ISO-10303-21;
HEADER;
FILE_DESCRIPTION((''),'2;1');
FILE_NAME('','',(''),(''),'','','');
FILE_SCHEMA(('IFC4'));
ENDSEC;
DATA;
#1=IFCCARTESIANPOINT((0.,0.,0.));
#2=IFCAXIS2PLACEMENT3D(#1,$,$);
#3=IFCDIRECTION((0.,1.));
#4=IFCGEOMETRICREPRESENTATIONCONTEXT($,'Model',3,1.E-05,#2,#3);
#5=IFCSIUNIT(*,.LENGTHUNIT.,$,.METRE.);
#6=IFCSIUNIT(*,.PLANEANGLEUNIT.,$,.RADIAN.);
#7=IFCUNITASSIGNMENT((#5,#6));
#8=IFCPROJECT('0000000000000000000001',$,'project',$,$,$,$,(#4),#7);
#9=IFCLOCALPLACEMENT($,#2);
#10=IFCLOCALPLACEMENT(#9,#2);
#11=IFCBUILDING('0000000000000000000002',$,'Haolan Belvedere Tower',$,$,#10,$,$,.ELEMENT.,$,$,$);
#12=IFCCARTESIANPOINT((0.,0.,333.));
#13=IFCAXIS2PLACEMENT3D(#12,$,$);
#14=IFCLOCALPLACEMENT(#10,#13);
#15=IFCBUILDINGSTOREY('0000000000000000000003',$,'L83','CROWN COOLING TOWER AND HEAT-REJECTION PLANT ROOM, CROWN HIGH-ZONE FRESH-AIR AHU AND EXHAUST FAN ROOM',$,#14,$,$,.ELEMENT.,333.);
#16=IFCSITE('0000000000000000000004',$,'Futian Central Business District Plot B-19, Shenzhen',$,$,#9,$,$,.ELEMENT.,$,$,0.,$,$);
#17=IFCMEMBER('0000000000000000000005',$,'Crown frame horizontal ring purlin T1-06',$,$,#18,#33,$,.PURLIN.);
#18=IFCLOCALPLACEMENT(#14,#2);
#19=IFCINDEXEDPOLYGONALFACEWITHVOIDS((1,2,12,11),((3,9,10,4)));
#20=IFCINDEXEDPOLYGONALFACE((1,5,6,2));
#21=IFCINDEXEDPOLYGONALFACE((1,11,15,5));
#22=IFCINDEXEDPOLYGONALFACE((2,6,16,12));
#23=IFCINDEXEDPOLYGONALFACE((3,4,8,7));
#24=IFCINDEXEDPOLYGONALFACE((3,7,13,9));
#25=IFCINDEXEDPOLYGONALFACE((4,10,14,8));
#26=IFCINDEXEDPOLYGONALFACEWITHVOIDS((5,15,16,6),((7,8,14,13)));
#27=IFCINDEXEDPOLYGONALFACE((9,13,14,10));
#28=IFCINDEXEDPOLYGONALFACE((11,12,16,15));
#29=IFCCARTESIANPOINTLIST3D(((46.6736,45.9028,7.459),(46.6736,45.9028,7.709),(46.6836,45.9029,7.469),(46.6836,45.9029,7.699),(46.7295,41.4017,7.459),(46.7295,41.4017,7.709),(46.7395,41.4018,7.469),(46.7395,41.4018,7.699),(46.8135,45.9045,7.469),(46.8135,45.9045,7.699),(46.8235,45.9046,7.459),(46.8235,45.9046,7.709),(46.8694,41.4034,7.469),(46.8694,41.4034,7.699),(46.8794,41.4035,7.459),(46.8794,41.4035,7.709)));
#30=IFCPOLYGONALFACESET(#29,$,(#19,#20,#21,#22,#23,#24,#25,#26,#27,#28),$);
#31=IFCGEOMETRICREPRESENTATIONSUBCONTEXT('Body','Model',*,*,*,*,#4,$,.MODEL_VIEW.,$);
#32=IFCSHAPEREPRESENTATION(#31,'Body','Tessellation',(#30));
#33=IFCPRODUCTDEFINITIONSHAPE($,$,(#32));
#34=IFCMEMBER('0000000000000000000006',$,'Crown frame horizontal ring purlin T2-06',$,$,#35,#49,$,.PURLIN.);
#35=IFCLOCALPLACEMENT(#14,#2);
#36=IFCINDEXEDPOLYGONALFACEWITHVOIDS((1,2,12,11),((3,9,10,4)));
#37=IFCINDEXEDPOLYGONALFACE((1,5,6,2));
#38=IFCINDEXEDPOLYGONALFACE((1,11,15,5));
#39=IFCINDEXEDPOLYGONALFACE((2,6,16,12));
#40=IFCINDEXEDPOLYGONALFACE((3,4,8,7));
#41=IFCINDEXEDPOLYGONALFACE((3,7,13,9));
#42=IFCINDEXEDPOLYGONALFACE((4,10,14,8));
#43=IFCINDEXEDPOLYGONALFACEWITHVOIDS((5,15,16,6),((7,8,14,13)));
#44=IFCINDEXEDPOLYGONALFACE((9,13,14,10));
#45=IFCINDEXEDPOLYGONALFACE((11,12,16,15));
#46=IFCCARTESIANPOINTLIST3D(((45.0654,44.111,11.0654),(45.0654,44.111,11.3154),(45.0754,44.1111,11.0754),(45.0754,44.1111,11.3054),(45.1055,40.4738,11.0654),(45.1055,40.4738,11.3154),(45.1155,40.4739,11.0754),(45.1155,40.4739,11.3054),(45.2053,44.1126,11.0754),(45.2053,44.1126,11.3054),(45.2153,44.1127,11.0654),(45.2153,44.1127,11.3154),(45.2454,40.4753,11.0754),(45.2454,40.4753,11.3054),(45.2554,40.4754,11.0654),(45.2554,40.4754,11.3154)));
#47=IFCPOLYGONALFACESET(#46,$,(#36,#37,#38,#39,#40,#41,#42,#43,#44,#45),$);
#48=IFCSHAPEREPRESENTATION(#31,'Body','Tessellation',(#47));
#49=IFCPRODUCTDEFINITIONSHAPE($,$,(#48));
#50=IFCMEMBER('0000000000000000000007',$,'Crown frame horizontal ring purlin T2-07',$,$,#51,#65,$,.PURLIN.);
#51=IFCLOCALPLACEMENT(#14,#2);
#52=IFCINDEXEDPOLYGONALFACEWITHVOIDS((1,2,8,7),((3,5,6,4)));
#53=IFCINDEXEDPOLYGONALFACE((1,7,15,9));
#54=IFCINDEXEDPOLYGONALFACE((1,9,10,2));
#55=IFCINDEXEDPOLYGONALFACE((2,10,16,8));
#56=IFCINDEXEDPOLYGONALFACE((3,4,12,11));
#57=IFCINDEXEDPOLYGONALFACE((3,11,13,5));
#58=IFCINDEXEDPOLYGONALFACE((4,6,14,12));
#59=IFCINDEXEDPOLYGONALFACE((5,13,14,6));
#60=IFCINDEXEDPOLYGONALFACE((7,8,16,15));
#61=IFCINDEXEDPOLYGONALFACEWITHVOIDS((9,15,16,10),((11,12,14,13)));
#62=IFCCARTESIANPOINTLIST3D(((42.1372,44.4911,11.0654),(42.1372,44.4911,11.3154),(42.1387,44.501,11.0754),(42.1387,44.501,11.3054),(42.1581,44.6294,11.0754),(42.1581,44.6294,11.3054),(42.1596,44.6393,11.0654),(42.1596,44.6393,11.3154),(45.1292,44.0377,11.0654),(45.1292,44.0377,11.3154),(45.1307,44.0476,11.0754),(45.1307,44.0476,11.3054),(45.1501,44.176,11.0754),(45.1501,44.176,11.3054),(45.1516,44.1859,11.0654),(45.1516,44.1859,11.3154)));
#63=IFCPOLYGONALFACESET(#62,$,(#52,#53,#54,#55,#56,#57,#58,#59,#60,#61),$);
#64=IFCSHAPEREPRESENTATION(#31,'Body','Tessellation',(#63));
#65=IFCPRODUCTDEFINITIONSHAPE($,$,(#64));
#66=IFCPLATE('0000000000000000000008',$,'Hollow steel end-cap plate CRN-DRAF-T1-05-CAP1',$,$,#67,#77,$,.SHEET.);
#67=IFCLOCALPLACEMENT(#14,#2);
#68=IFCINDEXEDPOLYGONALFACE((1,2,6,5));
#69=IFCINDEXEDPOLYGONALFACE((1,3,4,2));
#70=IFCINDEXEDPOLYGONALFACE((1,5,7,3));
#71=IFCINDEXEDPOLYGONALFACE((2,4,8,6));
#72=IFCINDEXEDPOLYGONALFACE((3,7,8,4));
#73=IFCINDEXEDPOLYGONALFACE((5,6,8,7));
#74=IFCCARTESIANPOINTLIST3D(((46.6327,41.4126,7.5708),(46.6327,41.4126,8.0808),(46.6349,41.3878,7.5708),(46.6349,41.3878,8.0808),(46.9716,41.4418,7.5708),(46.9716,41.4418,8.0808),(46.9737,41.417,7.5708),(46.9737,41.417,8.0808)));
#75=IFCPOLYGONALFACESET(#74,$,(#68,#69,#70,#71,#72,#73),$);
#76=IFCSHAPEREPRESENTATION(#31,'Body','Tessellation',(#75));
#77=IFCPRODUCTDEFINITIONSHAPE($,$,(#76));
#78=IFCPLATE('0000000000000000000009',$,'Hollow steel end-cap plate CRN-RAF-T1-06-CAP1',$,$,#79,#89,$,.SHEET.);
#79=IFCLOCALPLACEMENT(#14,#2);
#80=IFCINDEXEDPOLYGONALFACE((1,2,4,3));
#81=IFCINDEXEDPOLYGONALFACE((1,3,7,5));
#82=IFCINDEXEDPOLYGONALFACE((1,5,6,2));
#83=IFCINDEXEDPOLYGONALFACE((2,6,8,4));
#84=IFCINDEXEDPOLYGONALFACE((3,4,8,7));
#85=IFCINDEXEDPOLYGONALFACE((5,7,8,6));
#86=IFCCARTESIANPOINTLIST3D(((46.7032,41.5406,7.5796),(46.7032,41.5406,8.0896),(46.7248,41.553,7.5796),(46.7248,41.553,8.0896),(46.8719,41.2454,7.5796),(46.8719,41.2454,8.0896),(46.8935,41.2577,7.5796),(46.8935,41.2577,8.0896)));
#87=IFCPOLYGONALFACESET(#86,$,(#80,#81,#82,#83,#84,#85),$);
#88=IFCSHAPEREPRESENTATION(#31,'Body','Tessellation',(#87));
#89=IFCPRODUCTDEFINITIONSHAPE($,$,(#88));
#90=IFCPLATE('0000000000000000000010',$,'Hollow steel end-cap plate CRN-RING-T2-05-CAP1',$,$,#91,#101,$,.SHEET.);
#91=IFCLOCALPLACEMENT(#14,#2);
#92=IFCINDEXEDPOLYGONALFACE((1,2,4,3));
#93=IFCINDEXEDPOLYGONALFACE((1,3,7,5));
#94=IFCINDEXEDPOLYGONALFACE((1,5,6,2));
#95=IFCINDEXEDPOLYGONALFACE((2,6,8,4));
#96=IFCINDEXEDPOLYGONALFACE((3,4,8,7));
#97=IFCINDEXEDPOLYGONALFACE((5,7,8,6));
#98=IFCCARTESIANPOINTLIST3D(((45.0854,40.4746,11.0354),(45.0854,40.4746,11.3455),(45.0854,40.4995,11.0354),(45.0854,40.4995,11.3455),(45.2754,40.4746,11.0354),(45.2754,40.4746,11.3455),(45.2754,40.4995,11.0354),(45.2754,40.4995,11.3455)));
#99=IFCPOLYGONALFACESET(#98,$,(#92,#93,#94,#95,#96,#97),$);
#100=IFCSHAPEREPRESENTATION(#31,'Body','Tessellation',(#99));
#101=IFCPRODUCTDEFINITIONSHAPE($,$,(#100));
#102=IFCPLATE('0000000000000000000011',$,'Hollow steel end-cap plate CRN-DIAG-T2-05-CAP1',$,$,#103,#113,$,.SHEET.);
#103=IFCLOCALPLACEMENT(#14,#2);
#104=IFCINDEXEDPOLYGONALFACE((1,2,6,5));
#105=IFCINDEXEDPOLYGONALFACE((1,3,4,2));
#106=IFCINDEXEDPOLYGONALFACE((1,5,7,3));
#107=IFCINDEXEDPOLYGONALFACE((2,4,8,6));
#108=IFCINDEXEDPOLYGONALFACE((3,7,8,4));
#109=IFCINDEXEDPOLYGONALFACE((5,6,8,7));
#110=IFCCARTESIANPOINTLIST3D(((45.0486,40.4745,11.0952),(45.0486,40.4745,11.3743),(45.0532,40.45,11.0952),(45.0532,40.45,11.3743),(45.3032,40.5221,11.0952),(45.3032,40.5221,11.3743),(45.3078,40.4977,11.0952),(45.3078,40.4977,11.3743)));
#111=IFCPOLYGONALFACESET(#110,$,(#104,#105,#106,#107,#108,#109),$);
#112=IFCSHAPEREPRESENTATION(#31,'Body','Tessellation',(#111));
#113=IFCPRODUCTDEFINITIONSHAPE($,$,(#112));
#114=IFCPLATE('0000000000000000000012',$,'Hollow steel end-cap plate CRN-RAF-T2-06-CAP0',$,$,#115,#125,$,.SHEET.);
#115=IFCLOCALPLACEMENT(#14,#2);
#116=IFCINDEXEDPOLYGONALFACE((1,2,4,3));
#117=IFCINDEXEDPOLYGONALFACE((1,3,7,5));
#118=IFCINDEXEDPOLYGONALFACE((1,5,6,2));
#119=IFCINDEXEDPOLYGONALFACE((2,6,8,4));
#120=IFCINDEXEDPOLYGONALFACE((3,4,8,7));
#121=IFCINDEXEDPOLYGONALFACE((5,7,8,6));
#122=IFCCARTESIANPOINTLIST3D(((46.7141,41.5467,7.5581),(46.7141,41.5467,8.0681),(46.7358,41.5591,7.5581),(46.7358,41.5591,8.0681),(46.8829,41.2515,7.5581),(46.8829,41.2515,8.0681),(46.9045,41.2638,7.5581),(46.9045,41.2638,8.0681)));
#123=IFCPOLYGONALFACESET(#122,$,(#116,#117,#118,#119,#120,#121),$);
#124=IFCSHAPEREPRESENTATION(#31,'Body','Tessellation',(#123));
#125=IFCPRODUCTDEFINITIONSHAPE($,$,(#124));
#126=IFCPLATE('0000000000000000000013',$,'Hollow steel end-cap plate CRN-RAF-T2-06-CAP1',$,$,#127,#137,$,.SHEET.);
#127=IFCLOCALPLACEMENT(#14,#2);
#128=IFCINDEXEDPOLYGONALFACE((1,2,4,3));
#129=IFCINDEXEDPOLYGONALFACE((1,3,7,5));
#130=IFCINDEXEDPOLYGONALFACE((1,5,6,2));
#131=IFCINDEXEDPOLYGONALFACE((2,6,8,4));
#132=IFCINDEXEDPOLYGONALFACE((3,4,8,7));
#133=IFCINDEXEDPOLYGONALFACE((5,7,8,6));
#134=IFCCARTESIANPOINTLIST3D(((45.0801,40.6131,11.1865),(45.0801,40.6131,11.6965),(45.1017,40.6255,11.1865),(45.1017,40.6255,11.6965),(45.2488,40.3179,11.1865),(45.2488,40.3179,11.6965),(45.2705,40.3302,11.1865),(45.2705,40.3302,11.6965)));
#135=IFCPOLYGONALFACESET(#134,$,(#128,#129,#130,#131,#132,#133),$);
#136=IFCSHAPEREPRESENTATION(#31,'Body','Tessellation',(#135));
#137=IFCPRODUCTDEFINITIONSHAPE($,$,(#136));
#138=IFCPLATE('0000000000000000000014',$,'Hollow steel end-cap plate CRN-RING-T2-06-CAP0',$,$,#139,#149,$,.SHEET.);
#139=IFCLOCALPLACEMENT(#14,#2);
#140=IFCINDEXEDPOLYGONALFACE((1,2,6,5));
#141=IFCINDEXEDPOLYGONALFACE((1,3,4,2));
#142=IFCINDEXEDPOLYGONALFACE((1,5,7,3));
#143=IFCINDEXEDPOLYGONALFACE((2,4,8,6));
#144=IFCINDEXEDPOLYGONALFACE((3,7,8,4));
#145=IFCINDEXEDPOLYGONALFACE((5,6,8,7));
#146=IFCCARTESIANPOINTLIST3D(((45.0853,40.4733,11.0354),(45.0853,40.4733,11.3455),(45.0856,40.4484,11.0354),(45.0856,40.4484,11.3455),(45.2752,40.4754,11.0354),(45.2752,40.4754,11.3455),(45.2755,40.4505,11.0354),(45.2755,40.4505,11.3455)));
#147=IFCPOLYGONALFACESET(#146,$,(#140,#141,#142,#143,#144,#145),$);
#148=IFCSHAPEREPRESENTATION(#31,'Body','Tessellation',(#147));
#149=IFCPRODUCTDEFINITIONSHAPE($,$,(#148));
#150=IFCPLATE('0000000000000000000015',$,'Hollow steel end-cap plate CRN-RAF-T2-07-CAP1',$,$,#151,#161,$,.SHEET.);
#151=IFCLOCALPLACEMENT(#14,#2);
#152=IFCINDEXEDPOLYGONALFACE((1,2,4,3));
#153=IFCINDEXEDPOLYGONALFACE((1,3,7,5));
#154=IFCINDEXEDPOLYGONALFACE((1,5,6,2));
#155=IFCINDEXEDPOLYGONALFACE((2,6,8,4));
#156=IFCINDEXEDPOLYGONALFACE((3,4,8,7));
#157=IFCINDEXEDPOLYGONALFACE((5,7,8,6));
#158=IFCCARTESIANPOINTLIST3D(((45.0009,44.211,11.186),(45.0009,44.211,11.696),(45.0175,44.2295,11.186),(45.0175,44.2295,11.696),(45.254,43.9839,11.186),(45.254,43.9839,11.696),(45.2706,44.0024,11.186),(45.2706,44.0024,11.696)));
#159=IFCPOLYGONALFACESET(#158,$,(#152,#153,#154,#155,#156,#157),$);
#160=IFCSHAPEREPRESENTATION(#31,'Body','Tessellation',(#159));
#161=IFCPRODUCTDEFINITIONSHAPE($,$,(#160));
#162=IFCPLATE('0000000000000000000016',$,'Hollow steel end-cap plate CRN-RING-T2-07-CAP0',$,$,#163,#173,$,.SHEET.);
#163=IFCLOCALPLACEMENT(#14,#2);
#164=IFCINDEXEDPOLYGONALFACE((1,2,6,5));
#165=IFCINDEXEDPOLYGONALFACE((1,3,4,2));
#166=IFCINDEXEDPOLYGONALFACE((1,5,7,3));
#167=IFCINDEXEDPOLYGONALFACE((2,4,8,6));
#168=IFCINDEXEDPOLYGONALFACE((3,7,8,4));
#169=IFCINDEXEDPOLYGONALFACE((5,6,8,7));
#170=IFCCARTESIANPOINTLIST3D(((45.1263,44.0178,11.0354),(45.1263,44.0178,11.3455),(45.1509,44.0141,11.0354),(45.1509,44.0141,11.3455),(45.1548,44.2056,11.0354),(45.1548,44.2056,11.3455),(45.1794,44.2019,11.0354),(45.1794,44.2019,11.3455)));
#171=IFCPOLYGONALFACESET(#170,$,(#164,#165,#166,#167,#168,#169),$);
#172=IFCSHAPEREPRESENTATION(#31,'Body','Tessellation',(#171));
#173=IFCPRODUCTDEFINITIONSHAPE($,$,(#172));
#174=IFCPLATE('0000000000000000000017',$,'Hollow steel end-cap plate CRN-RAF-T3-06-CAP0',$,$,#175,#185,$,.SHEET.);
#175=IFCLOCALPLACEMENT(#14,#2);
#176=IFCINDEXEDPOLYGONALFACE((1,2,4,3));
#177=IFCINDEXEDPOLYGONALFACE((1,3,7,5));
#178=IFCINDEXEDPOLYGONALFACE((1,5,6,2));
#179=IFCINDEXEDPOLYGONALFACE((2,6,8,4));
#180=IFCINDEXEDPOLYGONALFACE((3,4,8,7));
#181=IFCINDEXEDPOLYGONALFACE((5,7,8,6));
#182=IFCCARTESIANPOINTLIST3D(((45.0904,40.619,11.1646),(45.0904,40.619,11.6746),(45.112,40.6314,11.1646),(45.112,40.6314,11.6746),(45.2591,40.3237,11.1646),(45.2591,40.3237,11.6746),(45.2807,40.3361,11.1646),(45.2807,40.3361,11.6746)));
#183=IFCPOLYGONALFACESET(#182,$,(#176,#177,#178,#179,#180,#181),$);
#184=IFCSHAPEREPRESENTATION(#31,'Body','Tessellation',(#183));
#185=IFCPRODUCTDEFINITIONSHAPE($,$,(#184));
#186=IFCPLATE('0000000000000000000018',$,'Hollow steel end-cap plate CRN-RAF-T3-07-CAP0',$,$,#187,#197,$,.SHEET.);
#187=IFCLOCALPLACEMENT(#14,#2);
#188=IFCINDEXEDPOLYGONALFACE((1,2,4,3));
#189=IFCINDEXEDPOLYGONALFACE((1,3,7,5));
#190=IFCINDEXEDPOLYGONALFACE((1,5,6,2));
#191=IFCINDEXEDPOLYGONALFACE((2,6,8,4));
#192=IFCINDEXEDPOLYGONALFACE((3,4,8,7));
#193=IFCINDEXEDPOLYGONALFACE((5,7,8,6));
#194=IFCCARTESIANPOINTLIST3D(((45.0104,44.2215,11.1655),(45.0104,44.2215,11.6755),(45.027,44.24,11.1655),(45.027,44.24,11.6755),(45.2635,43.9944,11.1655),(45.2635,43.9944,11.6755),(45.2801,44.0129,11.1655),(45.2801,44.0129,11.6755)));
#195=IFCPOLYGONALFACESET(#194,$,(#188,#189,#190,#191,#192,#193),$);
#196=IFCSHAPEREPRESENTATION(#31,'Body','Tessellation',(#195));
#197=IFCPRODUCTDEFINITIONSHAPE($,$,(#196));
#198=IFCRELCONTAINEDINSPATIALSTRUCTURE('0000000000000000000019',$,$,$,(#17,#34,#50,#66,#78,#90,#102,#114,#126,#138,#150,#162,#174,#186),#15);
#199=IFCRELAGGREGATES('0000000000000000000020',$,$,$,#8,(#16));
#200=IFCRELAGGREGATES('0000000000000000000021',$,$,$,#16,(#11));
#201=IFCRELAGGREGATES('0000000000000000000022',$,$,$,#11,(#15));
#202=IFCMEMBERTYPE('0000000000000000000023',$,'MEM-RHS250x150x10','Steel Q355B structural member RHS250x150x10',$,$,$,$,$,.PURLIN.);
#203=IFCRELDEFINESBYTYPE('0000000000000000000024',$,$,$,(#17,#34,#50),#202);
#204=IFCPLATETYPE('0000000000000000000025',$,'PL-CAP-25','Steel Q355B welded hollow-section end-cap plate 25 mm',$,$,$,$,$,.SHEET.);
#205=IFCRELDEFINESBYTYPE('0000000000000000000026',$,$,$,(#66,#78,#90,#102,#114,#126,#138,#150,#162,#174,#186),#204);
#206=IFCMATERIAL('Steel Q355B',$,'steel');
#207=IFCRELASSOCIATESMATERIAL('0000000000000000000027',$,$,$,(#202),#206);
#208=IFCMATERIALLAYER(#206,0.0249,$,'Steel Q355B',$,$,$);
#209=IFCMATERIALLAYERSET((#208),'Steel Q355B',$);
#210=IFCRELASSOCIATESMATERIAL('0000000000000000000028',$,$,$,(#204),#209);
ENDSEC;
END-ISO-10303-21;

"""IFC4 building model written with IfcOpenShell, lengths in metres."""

from ifc_helpers import new_model, si_unit, direction, frame, origin, origin_2d, place, context, subcontext, project, spatial, rectangle, hollow_rectangle, extrude, material, layer, layer_set, material_profile, profile_set, type_object, element, save


model = new_model("IFC4")

# Units and contexts
model_context = context("Model", 3, precision=1e-05, world=origin(), true_north=direction((0.0, 1.0)))
body_context = subcontext(model_context, "Body", "Model", "MODEL_VIEW")
ifc_project = project(units=[si_unit("LENGTHUNIT", "METRE"), si_unit("PLANEANGLEUNIT", "RADIAN")], contexts=[model_context])

# Site, building, storey
site_placement = place(None, origin())
site = spatial("IfcSite", under=ifc_project, at=site_placement, Name="Futian Central Business District Plot B-19, Shenzhen", CompositionType="ELEMENT", RefElevation=0.0)
building_placement = place(site_placement, origin())
building = spatial("IfcBuilding", under=site, at=building_placement, Name="Haolan Belvedere Tower", CompositionType="ELEMENT")
storey_placement = place(building_placement, frame((0.0, 0.0, 333.0)))
storey = spatial("IfcBuildingStorey", under=building, at=storey_placement, Name="L83", Description="CROWN COOLING TOWER AND HEAT-REJECTION PLANT ROOM, CROWN HIGH-ZONE FRESH-AIR AHU AND EXHAUST FAN ROOM", CompositionType="ELEMENT", Elevation=333.0)

# Members
ifc_material_1 = material(Name="Steel Q355B", Category="steel")
ifc_material_profile_1 = material_profile(ifc_material_1, hollow_rectangle(XDim=0.1499, YDim=0.25, WallThickness=0.01, at=origin_2d()), Name="Steel Q355B")
ifc_profile_set_1 = profile_set([ifc_material_profile_1], Name="Steel Q355B")
member_type_1 = type_object("IfcMemberType", Name="MEM-RHS250x150x10", Description="Steel Q355B structural member RHS250x150x10", PredefinedType="PURLIN", material=ifc_profile_set_1)
member_1_placement = place(storey_placement, frame((46.8044, 41.4026, 7.584), z_axis=(-0.01242, 0.999923, 0.0), x_axis=(-0.999923, -0.01242, 0.0)))
element("IfcMember", 1, at=member_1_placement, inside=storey, type_object=member_type_1, Name="Crown frame horizontal ring purlin T1-06", PredefinedType="PURLIN", context=body_context, shape_type="SweptSolid", body=[
    extrude(hollow_rectangle(XDim=0.1499, YDim=0.25, WallThickness=0.01, at=origin_2d()), origin(), (0.0, 0.0, 1.0), 4.5015),
])
member_2_placement = place(storey_placement, frame((45.1804, 40.4746, 11.1904), z_axis=(-0.011008, 0.999939, 0.0), x_axis=(-0.999939, -0.011008, 0.0)))
element("IfcMember", 2, at=member_2_placement, inside=storey, type_object=member_type_1, Name="Crown frame horizontal ring purlin T2-06", PredefinedType="PURLIN", context=body_context, shape_type="SweptSolid", body=[
    extrude(hollow_rectangle(XDim=0.1499, YDim=0.25, WallThickness=0.01, at=origin_2d()), origin(), (0.0, 0.0, 1.0), 3.6375),
])
member_3_placement = place(storey_placement, frame((45.1404, 44.1118, 11.1904), z_axis=(-0.988713, 0.14982, 0.0), x_axis=(-0.14982, -0.988713, 0.0)))
element("IfcMember", 3, at=member_3_placement, inside=storey, type_object=member_type_1, Name="Crown frame horizontal ring purlin T2-07", PredefinedType="PURLIN", context=body_context, shape_type="SweptSolid", body=[
    extrude(hollow_rectangle(XDim=0.1499, YDim=0.25, WallThickness=0.01, at=origin_2d()), origin(), (0.0, 0.0, 1.0), 3.0261),
])

# Plates
ifc_layer_1 = layer(ifc_material_1, 0.0249, Name="Steel Q355B")
ifc_layer_set_1 = layer_set([ifc_layer_1], Name="Steel Q355B")
plate_type = type_object("IfcPlateType", Name="PL-CAP-25", Description="Steel Q355B welded hollow-section end-cap plate 25 mm", PredefinedType="SHEET", material=ifc_layer_set_1)
for number, where, z_axis, x_axis, name in (
    (4, (46.8032, 41.4148, 7.5708), (0.0, 0.0, 1.0), (-0.99629, -0.08606, 0.0), "Hollow steel end-cap plate CRN-DRAF-T1-05-CAP1"),
    (5, (46.7983, 41.3992, 7.5796), (0.0, 0.0, 1.0), (0.496141, -0.868242, 0.0), "Hollow steel end-cap plate CRN-RAF-T1-06-CAP1"),
):
    element("IfcPlate", number, at=place(storey_placement, frame(where, z_axis=z_axis, x_axis=x_axis)), inside=storey, type_object=plate_type, Name=name, PredefinedType="SHEET", context=body_context, shape_type="SweptSolid", body=[
        extrude(rectangle(XDim=0.3401, YDim=0.0249, at=origin_2d()), origin(), (0.0, 0.0, 1.0), 0.51),
    ])
plate_1_placement = place(storey_placement, frame((45.1804, 40.4871, 11.0354), z_axis=(0.0, 0.0, 1.0), x_axis=(-1.0, 0.0, 0.0)))
element("IfcPlate", 6, at=plate_1_placement, inside=storey, type_object=plate_type, Name="Hollow steel end-cap plate CRN-RING-T2-05-CAP1", PredefinedType="SHEET", context=body_context, shape_type="SweptSolid", body=[
    extrude(rectangle(XDim=0.1899, YDim=0.0249, at=origin_2d()), origin(), (0.0, 0.0, 1.0), 0.3101),
])
plate_2_placement = place(storey_placement, frame((45.1782, 40.4861, 11.0952), z_axis=(0.0, 0.0, 1.0), x_axis=(-0.982932, -0.183969, 0.0)))
element("IfcPlate", 7, at=plate_2_placement, inside=storey, type_object=plate_type, Name="Hollow steel end-cap plate CRN-DIAG-T2-05-CAP1", PredefinedType="SHEET", context=body_context, shape_type="SweptSolid", body=[
    extrude(rectangle(XDim=0.259, YDim=0.0249, at=origin_2d()), origin(), (0.0, 0.0, 1.0), 0.2791),
])
for number, where, z_axis, x_axis, name in (
    (8, (46.8093, 41.4053, 7.5581), (0.0, 0.0, 1.0), (-0.496141, 0.868242, 0.0), "Hollow steel end-cap plate CRN-RAF-T2-06-CAP0"),
    (9, (45.1753, 40.4717, 11.1865), (0.0, 0.0, 1.0), (0.496141, -0.868242, 0.0), "Hollow steel end-cap plate CRN-RAF-T2-06-CAP1"),
):
    element("IfcPlate", number, at=place(storey_placement, frame(where, z_axis=z_axis, x_axis=x_axis)), inside=storey, type_object=plate_type, Name=name, PredefinedType="SHEET", context=body_context, shape_type="SweptSolid", body=[
        extrude(rectangle(XDim=0.3401, YDim=0.0249, at=origin_2d()), origin(), (0.0, 0.0, 1.0), 0.51),
    ])
plate_3_placement = place(storey_placement, frame((45.1804, 40.4619, 11.0354), z_axis=(0.0, 0.0, 1.0), x_axis=(0.99994, 0.01096, 0.0)))
element("IfcPlate", 10, at=plate_3_placement, inside=storey, type_object=plate_type, Name="Hollow steel end-cap plate CRN-RING-T2-06-CAP0", PredefinedType="SHEET", context=body_context, shape_type="SweptSolid", body=[
    extrude(rectangle(XDim=0.1899, YDim=0.0249, at=origin_2d()), origin(), (0.0, 0.0, 1.0), 0.3101),
])
plate_4_placement = place(storey_placement, frame((45.1357, 44.1067, 11.186), z_axis=(0.0, 0.0, 1.0), x_axis=(0.744288, -0.667859, 0.0)))
element("IfcPlate", 11, at=plate_4_placement, inside=storey, type_object=plate_type, Name="Hollow steel end-cap plate CRN-RAF-T2-07-CAP1", PredefinedType="SHEET", context=body_context, shape_type="SweptSolid", body=[
    extrude(rectangle(XDim=0.3401, YDim=0.0249, at=origin_2d()), origin(), (0.0, 0.0, 1.0), 0.51),
])
plate_5_placement = place(storey_placement, frame((45.1528, 44.1099, 11.0354), z_axis=(0.0, 0.0, 1.0), x_axis=(0.149846, 0.988709, 0.0)))
element("IfcPlate", 12, at=plate_5_placement, inside=storey, type_object=plate_type, Name="Hollow steel end-cap plate CRN-RING-T2-07-CAP0", PredefinedType="SHEET", context=body_context, shape_type="SweptSolid", body=[
    extrude(rectangle(XDim=0.1899, YDim=0.0249, at=origin_2d()), origin(), (0.0, 0.0, 1.0), 0.3101),
])
for number, where, z_axis, x_axis, name in (
    (13, (45.1855, 40.4775, 11.1646), (0.0, 0.0, 1.0), (-0.496141, 0.868242, 0.0), "Hollow steel end-cap plate CRN-RAF-T3-06-CAP0"),
    (14, (45.1453, 44.1172, 11.1655), (0.0, 0.0, 1.0), (-0.744288, 0.667859, 0.0), "Hollow steel end-cap plate CRN-RAF-T3-07-CAP0"),
):
    element("IfcPlate", number, at=place(storey_placement, frame(where, z_axis=z_axis, x_axis=x_axis)), inside=storey, type_object=plate_type, Name=name, PredefinedType="SHEET", context=body_context, shape_type="SweptSolid", body=[
        extrude(rectangle(XDim=0.3401, YDim=0.0249, at=origin_2d()), origin(), (0.0, 0.0, 1.0), 0.51),
    ])

save(model, "model.ifc")
